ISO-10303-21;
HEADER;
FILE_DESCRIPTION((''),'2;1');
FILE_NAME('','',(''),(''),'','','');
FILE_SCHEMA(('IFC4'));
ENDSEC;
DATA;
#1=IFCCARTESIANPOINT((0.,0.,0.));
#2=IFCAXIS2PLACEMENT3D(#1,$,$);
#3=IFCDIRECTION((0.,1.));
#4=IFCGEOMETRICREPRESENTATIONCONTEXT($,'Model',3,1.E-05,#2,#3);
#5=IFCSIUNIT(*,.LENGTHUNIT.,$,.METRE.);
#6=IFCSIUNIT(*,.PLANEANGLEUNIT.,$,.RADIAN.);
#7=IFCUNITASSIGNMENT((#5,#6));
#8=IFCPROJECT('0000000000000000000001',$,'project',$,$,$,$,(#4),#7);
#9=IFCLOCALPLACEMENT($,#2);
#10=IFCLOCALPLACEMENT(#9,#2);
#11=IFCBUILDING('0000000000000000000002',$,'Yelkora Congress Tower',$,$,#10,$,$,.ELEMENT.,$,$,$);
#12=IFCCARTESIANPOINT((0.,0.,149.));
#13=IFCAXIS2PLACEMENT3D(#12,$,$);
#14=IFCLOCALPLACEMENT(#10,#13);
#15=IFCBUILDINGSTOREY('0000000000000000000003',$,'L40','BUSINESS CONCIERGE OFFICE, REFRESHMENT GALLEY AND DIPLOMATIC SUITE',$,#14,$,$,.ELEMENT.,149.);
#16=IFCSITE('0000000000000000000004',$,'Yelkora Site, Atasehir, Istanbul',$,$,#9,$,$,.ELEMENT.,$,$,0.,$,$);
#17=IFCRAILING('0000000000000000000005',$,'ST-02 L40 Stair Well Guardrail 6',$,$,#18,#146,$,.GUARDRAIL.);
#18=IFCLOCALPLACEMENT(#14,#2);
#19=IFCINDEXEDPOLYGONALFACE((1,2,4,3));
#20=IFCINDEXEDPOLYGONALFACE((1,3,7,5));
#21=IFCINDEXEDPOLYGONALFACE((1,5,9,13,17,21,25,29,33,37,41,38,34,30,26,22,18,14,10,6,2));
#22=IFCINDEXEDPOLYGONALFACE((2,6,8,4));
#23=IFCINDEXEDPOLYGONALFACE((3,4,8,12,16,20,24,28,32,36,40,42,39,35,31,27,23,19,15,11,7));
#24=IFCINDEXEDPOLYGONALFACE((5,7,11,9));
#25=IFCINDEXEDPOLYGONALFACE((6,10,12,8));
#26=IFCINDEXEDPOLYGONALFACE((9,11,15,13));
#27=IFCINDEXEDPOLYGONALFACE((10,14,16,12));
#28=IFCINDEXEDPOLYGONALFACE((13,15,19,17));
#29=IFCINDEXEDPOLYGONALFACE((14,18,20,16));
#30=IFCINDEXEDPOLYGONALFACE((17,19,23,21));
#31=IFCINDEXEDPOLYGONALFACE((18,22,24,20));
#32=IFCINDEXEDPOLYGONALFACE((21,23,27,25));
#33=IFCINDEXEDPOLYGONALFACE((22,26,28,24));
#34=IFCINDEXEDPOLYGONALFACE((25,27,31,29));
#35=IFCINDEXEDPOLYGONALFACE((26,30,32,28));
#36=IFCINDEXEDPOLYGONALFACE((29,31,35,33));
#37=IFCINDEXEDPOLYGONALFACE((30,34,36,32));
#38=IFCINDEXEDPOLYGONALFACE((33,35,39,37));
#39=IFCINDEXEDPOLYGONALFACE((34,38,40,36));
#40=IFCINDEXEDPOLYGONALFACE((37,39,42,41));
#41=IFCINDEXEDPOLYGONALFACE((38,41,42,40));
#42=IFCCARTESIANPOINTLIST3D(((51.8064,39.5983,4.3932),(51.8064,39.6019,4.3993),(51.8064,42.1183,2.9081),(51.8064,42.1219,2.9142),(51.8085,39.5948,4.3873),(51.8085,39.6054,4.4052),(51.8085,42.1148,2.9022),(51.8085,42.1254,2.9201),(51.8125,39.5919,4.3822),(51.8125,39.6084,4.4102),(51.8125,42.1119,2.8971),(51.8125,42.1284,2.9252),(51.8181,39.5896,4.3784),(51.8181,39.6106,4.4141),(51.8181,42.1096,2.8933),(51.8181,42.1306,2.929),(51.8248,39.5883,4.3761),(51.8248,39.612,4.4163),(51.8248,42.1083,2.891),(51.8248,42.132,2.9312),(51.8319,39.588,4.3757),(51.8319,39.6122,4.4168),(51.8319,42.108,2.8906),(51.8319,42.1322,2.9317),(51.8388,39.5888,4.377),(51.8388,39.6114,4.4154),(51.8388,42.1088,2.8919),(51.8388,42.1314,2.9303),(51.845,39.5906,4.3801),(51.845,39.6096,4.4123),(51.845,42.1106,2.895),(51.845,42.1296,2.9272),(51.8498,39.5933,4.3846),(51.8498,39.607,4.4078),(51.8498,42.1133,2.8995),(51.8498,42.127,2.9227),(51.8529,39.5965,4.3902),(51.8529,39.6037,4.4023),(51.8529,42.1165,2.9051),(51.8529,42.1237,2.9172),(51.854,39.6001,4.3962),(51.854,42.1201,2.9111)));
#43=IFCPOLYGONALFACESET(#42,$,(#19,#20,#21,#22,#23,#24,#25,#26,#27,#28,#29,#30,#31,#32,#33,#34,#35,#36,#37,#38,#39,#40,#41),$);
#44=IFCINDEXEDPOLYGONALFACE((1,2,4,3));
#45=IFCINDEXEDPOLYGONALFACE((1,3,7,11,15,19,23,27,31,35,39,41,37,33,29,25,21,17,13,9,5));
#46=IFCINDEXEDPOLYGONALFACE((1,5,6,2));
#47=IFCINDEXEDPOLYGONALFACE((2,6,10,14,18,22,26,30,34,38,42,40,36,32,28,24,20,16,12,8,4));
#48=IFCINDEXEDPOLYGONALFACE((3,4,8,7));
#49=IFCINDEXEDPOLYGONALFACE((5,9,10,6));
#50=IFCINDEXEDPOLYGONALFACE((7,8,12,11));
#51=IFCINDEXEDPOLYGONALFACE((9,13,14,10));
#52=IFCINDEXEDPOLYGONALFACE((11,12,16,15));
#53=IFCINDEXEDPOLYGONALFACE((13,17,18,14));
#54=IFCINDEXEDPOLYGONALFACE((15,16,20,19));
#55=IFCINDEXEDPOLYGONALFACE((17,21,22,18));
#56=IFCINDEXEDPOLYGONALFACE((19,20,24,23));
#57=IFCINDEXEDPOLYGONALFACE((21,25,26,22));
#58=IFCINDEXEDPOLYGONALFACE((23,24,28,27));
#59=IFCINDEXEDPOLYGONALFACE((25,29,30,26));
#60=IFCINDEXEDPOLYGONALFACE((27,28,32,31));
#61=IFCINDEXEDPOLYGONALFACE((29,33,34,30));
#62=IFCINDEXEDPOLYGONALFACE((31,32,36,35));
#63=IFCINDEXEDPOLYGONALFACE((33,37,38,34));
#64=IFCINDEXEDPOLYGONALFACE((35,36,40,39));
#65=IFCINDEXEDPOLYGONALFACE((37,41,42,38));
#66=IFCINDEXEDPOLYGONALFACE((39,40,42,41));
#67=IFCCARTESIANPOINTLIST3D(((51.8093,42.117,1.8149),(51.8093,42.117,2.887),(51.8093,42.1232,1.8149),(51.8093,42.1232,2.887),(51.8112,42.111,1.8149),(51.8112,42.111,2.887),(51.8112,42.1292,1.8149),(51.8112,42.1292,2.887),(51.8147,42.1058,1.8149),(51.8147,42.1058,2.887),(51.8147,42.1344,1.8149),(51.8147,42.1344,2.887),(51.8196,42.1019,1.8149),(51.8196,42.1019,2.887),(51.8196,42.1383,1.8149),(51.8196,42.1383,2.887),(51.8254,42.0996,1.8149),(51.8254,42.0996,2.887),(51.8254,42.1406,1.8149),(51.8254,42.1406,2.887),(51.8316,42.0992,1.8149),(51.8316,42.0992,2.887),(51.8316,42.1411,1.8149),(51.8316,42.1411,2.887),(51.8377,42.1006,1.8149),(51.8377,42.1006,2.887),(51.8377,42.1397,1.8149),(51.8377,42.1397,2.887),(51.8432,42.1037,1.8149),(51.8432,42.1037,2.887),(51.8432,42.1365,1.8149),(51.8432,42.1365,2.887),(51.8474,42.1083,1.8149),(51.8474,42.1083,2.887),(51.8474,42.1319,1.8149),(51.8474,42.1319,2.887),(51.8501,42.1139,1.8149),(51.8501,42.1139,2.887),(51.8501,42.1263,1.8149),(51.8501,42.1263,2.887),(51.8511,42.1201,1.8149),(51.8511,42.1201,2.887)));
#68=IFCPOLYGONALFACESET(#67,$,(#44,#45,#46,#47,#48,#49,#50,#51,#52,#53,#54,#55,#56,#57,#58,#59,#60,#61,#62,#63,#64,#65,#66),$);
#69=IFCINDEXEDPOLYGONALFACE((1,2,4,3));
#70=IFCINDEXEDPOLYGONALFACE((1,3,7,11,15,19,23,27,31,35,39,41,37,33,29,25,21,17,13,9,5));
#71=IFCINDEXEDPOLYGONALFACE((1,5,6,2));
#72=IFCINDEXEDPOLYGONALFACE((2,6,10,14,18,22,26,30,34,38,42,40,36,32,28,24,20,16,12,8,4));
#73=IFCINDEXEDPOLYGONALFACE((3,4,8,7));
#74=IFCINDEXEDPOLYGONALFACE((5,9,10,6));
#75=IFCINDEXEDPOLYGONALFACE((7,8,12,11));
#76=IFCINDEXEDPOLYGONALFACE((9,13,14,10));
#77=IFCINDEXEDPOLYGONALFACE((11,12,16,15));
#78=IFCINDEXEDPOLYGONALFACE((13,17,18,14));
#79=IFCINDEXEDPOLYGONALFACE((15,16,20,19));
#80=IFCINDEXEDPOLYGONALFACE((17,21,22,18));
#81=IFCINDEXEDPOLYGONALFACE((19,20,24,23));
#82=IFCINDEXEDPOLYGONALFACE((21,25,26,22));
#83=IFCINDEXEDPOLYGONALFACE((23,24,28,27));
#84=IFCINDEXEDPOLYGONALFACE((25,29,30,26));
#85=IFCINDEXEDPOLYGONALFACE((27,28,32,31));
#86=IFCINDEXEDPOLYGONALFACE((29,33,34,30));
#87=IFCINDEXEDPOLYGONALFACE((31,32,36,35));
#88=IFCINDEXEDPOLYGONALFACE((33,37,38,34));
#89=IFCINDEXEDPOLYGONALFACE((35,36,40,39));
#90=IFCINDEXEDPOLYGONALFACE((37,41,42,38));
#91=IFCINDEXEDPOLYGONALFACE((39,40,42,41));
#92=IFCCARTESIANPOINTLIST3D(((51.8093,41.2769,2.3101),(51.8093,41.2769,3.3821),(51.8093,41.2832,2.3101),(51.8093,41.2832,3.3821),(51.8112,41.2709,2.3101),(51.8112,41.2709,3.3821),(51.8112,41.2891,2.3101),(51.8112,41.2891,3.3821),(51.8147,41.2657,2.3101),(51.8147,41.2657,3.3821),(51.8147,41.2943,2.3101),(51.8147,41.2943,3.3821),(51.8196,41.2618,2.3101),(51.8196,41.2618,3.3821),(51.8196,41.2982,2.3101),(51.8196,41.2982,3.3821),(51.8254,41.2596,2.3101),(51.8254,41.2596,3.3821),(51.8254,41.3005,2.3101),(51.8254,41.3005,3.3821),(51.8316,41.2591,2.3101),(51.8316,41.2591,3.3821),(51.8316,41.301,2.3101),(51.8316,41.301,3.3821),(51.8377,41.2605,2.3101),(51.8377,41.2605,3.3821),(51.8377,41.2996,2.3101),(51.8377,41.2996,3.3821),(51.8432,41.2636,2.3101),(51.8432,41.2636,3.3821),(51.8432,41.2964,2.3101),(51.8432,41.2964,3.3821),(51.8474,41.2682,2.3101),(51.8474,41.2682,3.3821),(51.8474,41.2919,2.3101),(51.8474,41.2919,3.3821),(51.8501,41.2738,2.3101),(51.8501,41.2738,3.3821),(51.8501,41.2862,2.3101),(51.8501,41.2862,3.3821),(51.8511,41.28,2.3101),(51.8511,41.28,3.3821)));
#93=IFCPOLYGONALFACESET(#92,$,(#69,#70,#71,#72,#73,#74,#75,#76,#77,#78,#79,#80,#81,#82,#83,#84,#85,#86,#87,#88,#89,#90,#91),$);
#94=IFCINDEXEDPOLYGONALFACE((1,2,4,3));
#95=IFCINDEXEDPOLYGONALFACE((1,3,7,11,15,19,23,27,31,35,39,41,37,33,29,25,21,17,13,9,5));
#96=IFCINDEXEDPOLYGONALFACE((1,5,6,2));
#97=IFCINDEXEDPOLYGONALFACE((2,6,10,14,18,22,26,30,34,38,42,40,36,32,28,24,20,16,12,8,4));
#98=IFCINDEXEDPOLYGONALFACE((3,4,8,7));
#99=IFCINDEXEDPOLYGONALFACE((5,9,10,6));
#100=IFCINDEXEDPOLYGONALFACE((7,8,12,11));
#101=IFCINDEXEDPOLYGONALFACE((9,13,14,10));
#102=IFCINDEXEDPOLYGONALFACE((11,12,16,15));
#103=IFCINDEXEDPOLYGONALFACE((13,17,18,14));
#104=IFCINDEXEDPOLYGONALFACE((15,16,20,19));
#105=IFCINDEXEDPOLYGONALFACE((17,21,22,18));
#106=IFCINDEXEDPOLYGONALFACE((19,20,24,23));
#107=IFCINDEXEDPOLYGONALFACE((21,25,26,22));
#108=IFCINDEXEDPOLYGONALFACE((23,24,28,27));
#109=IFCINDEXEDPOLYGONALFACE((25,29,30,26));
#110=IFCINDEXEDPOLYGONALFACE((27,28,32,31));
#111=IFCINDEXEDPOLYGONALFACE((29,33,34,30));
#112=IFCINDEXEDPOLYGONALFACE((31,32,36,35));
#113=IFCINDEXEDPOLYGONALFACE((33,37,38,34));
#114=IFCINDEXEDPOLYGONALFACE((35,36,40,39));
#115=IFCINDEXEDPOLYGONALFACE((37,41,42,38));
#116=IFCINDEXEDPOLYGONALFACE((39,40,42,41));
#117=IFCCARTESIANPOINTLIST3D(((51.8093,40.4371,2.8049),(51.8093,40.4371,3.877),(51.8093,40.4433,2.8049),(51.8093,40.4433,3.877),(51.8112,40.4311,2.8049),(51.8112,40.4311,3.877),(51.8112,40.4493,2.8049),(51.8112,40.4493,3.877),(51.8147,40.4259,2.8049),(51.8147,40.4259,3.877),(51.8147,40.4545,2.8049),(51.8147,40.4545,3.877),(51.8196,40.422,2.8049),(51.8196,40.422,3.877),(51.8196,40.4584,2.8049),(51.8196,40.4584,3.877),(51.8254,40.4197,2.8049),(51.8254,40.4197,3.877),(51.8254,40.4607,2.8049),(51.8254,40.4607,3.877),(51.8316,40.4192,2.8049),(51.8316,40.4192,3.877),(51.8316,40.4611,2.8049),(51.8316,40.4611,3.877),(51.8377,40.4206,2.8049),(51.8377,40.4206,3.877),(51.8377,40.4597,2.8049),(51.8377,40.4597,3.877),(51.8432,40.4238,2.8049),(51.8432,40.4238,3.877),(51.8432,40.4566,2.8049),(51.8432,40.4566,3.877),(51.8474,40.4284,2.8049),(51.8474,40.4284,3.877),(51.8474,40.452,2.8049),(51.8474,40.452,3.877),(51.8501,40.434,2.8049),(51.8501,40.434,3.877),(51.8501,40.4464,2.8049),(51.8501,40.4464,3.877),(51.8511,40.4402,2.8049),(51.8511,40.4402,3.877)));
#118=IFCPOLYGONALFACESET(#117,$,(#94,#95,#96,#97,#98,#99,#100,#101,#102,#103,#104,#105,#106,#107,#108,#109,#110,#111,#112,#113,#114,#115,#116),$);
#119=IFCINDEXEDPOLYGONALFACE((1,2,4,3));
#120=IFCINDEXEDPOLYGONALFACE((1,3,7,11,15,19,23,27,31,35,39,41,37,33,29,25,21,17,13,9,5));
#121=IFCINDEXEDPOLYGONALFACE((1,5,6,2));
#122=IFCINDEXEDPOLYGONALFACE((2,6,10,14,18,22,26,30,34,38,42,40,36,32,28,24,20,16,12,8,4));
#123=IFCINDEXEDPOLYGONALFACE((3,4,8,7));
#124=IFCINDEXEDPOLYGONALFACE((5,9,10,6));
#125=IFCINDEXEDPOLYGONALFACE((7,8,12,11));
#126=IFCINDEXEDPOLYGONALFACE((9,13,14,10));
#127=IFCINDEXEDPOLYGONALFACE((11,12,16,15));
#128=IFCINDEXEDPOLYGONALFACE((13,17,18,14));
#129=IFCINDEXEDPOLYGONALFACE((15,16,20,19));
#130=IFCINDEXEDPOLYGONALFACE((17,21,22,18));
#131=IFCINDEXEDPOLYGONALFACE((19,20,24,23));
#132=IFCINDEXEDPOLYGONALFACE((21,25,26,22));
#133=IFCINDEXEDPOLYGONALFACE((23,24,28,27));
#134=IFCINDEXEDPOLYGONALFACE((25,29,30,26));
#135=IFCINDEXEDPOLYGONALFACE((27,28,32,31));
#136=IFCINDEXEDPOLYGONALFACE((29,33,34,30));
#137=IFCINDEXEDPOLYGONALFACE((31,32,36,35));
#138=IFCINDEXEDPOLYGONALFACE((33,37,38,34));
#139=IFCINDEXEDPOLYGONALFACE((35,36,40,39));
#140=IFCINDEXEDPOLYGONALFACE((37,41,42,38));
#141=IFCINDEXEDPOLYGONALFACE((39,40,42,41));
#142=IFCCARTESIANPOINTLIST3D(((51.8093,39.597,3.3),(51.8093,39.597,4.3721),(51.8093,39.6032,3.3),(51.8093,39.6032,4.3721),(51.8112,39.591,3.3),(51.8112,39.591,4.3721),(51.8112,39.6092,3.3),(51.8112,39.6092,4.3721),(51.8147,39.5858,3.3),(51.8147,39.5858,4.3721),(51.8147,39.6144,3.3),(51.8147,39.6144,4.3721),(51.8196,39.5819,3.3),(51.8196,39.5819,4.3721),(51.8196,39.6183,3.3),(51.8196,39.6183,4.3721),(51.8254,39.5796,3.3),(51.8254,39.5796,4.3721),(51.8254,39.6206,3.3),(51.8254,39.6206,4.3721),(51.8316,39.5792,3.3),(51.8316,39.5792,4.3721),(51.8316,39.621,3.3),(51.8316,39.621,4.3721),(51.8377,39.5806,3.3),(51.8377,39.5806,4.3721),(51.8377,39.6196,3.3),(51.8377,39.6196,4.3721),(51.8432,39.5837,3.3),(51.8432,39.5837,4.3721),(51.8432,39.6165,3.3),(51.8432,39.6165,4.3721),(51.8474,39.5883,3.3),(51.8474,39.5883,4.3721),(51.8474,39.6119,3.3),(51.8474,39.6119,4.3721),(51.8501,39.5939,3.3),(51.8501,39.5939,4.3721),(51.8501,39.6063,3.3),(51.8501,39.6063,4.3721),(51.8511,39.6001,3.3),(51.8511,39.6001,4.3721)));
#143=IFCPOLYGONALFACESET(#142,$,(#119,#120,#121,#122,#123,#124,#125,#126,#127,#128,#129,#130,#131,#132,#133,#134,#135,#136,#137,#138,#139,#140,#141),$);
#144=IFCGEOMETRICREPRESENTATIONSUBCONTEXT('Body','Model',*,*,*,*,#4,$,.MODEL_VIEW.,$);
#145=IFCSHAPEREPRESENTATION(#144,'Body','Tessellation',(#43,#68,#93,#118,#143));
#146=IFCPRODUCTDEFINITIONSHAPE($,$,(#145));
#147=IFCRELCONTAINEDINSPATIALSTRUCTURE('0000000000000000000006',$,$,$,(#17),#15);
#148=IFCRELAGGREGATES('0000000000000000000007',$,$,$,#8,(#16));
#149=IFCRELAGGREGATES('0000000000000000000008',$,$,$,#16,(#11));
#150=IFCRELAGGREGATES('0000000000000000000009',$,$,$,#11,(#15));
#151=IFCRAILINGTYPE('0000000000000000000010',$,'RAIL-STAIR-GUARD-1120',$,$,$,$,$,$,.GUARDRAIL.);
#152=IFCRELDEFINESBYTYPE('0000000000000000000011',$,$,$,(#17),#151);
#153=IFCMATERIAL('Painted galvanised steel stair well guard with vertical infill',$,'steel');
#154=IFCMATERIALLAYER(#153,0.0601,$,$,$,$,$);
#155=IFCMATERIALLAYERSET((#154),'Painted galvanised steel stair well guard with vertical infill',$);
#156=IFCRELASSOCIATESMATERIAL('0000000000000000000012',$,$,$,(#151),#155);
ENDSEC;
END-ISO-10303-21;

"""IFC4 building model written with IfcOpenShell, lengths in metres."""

from ifc_helpers import new_model, si_unit, direction, frame, origin, origin_2d, place, context, subcontext, project, spatial, circle, extrude, material, layer, layer_set, type_object, element, save


model = new_model("IFC4")

# Units and contexts
model_context = context("Model", 3, precision=1e-05, world=origin(), true_north=direction((0.0, 1.0)))
body_context = subcontext(model_context, "Body", "Model", "MODEL_VIEW")
ifc_project = project(units=[si_unit("LENGTHUNIT", "METRE"), si_unit("PLANEANGLEUNIT", "RADIAN")], contexts=[model_context])

# Site, building, storey
site_placement = place(None, origin())
site = spatial("IfcSite", under=ifc_project, at=site_placement, Name="Yelkora Site, Atasehir, Istanbul", CompositionType="ELEMENT", RefElevation=0.0)
building_placement = place(site_placement, origin())
building = spatial("IfcBuilding", under=site, at=building_placement, Name="Yelkora Congress Tower", CompositionType="ELEMENT")
storey_placement = place(building_placement, frame((0.0, 0.0, 149.0)))
storey = spatial("IfcBuildingStorey", under=building, at=storey_placement, Name="L40", Description="BUSINESS CONCIERGE OFFICE, REFRESHMENT GALLEY AND DIPLOMATIC SUITE", CompositionType="ELEMENT", Elevation=149.0)

# Railing
ifc_material_1 = material(Name="Painted galvanised steel stair well guard with vertical infill", Category="steel")
ifc_layer_1 = layer(ifc_material_1, 0.0601)
ifc_layer_set_1 = layer_set([ifc_layer_1], Name="Painted galvanised steel stair well guard with vertical infill")
railing_type_1 = type_object("IfcRailingType", Name="RAIL-STAIR-GUARD-1120", PredefinedType="GUARDRAIL", material=ifc_layer_set_1)
railing_1_placement = place(storey_placement, frame((51.8301, 42.1201, 1.8149)))
element("IfcRailing", 1, at=railing_1_placement, inside=storey, type_object=railing_type_1, Name="ST-02 L40 Stair Well Guardrail 6", PredefinedType="GUARDRAIL", context=body_context, shape_type="SweptSolid", body=[
    extrude(circle(Radius=0.0239, at=origin_2d()), frame((0.0, 0.0, 1.0962), z_axis=(0.0, -0.861524, 0.507717), x_axis=(1.0, 0.0, 0.0)), (0.0, 0.0, 1.0), 2.925),
    extrude(circle(Radius=0.021, at=origin_2d()), origin(), (0.0, 0.0, 1.0), 1.072),
    extrude(circle(Radius=0.021, at=origin_2d()), frame((0.0, -0.8401, 0.4951)), (0.0, 0.0, 1.0), 1.072),
    extrude(circle(Radius=0.021, at=origin_2d()), frame((0.0, -1.6799, 0.99)), (0.0, 0.0, 1.0), 1.072),
    extrude(circle(Radius=0.021, at=origin_2d()), frame((0.0, -2.52, 1.4851)), (0.0, 0.0, 1.0), 1.072),
])

save(model, "model.ifc")
